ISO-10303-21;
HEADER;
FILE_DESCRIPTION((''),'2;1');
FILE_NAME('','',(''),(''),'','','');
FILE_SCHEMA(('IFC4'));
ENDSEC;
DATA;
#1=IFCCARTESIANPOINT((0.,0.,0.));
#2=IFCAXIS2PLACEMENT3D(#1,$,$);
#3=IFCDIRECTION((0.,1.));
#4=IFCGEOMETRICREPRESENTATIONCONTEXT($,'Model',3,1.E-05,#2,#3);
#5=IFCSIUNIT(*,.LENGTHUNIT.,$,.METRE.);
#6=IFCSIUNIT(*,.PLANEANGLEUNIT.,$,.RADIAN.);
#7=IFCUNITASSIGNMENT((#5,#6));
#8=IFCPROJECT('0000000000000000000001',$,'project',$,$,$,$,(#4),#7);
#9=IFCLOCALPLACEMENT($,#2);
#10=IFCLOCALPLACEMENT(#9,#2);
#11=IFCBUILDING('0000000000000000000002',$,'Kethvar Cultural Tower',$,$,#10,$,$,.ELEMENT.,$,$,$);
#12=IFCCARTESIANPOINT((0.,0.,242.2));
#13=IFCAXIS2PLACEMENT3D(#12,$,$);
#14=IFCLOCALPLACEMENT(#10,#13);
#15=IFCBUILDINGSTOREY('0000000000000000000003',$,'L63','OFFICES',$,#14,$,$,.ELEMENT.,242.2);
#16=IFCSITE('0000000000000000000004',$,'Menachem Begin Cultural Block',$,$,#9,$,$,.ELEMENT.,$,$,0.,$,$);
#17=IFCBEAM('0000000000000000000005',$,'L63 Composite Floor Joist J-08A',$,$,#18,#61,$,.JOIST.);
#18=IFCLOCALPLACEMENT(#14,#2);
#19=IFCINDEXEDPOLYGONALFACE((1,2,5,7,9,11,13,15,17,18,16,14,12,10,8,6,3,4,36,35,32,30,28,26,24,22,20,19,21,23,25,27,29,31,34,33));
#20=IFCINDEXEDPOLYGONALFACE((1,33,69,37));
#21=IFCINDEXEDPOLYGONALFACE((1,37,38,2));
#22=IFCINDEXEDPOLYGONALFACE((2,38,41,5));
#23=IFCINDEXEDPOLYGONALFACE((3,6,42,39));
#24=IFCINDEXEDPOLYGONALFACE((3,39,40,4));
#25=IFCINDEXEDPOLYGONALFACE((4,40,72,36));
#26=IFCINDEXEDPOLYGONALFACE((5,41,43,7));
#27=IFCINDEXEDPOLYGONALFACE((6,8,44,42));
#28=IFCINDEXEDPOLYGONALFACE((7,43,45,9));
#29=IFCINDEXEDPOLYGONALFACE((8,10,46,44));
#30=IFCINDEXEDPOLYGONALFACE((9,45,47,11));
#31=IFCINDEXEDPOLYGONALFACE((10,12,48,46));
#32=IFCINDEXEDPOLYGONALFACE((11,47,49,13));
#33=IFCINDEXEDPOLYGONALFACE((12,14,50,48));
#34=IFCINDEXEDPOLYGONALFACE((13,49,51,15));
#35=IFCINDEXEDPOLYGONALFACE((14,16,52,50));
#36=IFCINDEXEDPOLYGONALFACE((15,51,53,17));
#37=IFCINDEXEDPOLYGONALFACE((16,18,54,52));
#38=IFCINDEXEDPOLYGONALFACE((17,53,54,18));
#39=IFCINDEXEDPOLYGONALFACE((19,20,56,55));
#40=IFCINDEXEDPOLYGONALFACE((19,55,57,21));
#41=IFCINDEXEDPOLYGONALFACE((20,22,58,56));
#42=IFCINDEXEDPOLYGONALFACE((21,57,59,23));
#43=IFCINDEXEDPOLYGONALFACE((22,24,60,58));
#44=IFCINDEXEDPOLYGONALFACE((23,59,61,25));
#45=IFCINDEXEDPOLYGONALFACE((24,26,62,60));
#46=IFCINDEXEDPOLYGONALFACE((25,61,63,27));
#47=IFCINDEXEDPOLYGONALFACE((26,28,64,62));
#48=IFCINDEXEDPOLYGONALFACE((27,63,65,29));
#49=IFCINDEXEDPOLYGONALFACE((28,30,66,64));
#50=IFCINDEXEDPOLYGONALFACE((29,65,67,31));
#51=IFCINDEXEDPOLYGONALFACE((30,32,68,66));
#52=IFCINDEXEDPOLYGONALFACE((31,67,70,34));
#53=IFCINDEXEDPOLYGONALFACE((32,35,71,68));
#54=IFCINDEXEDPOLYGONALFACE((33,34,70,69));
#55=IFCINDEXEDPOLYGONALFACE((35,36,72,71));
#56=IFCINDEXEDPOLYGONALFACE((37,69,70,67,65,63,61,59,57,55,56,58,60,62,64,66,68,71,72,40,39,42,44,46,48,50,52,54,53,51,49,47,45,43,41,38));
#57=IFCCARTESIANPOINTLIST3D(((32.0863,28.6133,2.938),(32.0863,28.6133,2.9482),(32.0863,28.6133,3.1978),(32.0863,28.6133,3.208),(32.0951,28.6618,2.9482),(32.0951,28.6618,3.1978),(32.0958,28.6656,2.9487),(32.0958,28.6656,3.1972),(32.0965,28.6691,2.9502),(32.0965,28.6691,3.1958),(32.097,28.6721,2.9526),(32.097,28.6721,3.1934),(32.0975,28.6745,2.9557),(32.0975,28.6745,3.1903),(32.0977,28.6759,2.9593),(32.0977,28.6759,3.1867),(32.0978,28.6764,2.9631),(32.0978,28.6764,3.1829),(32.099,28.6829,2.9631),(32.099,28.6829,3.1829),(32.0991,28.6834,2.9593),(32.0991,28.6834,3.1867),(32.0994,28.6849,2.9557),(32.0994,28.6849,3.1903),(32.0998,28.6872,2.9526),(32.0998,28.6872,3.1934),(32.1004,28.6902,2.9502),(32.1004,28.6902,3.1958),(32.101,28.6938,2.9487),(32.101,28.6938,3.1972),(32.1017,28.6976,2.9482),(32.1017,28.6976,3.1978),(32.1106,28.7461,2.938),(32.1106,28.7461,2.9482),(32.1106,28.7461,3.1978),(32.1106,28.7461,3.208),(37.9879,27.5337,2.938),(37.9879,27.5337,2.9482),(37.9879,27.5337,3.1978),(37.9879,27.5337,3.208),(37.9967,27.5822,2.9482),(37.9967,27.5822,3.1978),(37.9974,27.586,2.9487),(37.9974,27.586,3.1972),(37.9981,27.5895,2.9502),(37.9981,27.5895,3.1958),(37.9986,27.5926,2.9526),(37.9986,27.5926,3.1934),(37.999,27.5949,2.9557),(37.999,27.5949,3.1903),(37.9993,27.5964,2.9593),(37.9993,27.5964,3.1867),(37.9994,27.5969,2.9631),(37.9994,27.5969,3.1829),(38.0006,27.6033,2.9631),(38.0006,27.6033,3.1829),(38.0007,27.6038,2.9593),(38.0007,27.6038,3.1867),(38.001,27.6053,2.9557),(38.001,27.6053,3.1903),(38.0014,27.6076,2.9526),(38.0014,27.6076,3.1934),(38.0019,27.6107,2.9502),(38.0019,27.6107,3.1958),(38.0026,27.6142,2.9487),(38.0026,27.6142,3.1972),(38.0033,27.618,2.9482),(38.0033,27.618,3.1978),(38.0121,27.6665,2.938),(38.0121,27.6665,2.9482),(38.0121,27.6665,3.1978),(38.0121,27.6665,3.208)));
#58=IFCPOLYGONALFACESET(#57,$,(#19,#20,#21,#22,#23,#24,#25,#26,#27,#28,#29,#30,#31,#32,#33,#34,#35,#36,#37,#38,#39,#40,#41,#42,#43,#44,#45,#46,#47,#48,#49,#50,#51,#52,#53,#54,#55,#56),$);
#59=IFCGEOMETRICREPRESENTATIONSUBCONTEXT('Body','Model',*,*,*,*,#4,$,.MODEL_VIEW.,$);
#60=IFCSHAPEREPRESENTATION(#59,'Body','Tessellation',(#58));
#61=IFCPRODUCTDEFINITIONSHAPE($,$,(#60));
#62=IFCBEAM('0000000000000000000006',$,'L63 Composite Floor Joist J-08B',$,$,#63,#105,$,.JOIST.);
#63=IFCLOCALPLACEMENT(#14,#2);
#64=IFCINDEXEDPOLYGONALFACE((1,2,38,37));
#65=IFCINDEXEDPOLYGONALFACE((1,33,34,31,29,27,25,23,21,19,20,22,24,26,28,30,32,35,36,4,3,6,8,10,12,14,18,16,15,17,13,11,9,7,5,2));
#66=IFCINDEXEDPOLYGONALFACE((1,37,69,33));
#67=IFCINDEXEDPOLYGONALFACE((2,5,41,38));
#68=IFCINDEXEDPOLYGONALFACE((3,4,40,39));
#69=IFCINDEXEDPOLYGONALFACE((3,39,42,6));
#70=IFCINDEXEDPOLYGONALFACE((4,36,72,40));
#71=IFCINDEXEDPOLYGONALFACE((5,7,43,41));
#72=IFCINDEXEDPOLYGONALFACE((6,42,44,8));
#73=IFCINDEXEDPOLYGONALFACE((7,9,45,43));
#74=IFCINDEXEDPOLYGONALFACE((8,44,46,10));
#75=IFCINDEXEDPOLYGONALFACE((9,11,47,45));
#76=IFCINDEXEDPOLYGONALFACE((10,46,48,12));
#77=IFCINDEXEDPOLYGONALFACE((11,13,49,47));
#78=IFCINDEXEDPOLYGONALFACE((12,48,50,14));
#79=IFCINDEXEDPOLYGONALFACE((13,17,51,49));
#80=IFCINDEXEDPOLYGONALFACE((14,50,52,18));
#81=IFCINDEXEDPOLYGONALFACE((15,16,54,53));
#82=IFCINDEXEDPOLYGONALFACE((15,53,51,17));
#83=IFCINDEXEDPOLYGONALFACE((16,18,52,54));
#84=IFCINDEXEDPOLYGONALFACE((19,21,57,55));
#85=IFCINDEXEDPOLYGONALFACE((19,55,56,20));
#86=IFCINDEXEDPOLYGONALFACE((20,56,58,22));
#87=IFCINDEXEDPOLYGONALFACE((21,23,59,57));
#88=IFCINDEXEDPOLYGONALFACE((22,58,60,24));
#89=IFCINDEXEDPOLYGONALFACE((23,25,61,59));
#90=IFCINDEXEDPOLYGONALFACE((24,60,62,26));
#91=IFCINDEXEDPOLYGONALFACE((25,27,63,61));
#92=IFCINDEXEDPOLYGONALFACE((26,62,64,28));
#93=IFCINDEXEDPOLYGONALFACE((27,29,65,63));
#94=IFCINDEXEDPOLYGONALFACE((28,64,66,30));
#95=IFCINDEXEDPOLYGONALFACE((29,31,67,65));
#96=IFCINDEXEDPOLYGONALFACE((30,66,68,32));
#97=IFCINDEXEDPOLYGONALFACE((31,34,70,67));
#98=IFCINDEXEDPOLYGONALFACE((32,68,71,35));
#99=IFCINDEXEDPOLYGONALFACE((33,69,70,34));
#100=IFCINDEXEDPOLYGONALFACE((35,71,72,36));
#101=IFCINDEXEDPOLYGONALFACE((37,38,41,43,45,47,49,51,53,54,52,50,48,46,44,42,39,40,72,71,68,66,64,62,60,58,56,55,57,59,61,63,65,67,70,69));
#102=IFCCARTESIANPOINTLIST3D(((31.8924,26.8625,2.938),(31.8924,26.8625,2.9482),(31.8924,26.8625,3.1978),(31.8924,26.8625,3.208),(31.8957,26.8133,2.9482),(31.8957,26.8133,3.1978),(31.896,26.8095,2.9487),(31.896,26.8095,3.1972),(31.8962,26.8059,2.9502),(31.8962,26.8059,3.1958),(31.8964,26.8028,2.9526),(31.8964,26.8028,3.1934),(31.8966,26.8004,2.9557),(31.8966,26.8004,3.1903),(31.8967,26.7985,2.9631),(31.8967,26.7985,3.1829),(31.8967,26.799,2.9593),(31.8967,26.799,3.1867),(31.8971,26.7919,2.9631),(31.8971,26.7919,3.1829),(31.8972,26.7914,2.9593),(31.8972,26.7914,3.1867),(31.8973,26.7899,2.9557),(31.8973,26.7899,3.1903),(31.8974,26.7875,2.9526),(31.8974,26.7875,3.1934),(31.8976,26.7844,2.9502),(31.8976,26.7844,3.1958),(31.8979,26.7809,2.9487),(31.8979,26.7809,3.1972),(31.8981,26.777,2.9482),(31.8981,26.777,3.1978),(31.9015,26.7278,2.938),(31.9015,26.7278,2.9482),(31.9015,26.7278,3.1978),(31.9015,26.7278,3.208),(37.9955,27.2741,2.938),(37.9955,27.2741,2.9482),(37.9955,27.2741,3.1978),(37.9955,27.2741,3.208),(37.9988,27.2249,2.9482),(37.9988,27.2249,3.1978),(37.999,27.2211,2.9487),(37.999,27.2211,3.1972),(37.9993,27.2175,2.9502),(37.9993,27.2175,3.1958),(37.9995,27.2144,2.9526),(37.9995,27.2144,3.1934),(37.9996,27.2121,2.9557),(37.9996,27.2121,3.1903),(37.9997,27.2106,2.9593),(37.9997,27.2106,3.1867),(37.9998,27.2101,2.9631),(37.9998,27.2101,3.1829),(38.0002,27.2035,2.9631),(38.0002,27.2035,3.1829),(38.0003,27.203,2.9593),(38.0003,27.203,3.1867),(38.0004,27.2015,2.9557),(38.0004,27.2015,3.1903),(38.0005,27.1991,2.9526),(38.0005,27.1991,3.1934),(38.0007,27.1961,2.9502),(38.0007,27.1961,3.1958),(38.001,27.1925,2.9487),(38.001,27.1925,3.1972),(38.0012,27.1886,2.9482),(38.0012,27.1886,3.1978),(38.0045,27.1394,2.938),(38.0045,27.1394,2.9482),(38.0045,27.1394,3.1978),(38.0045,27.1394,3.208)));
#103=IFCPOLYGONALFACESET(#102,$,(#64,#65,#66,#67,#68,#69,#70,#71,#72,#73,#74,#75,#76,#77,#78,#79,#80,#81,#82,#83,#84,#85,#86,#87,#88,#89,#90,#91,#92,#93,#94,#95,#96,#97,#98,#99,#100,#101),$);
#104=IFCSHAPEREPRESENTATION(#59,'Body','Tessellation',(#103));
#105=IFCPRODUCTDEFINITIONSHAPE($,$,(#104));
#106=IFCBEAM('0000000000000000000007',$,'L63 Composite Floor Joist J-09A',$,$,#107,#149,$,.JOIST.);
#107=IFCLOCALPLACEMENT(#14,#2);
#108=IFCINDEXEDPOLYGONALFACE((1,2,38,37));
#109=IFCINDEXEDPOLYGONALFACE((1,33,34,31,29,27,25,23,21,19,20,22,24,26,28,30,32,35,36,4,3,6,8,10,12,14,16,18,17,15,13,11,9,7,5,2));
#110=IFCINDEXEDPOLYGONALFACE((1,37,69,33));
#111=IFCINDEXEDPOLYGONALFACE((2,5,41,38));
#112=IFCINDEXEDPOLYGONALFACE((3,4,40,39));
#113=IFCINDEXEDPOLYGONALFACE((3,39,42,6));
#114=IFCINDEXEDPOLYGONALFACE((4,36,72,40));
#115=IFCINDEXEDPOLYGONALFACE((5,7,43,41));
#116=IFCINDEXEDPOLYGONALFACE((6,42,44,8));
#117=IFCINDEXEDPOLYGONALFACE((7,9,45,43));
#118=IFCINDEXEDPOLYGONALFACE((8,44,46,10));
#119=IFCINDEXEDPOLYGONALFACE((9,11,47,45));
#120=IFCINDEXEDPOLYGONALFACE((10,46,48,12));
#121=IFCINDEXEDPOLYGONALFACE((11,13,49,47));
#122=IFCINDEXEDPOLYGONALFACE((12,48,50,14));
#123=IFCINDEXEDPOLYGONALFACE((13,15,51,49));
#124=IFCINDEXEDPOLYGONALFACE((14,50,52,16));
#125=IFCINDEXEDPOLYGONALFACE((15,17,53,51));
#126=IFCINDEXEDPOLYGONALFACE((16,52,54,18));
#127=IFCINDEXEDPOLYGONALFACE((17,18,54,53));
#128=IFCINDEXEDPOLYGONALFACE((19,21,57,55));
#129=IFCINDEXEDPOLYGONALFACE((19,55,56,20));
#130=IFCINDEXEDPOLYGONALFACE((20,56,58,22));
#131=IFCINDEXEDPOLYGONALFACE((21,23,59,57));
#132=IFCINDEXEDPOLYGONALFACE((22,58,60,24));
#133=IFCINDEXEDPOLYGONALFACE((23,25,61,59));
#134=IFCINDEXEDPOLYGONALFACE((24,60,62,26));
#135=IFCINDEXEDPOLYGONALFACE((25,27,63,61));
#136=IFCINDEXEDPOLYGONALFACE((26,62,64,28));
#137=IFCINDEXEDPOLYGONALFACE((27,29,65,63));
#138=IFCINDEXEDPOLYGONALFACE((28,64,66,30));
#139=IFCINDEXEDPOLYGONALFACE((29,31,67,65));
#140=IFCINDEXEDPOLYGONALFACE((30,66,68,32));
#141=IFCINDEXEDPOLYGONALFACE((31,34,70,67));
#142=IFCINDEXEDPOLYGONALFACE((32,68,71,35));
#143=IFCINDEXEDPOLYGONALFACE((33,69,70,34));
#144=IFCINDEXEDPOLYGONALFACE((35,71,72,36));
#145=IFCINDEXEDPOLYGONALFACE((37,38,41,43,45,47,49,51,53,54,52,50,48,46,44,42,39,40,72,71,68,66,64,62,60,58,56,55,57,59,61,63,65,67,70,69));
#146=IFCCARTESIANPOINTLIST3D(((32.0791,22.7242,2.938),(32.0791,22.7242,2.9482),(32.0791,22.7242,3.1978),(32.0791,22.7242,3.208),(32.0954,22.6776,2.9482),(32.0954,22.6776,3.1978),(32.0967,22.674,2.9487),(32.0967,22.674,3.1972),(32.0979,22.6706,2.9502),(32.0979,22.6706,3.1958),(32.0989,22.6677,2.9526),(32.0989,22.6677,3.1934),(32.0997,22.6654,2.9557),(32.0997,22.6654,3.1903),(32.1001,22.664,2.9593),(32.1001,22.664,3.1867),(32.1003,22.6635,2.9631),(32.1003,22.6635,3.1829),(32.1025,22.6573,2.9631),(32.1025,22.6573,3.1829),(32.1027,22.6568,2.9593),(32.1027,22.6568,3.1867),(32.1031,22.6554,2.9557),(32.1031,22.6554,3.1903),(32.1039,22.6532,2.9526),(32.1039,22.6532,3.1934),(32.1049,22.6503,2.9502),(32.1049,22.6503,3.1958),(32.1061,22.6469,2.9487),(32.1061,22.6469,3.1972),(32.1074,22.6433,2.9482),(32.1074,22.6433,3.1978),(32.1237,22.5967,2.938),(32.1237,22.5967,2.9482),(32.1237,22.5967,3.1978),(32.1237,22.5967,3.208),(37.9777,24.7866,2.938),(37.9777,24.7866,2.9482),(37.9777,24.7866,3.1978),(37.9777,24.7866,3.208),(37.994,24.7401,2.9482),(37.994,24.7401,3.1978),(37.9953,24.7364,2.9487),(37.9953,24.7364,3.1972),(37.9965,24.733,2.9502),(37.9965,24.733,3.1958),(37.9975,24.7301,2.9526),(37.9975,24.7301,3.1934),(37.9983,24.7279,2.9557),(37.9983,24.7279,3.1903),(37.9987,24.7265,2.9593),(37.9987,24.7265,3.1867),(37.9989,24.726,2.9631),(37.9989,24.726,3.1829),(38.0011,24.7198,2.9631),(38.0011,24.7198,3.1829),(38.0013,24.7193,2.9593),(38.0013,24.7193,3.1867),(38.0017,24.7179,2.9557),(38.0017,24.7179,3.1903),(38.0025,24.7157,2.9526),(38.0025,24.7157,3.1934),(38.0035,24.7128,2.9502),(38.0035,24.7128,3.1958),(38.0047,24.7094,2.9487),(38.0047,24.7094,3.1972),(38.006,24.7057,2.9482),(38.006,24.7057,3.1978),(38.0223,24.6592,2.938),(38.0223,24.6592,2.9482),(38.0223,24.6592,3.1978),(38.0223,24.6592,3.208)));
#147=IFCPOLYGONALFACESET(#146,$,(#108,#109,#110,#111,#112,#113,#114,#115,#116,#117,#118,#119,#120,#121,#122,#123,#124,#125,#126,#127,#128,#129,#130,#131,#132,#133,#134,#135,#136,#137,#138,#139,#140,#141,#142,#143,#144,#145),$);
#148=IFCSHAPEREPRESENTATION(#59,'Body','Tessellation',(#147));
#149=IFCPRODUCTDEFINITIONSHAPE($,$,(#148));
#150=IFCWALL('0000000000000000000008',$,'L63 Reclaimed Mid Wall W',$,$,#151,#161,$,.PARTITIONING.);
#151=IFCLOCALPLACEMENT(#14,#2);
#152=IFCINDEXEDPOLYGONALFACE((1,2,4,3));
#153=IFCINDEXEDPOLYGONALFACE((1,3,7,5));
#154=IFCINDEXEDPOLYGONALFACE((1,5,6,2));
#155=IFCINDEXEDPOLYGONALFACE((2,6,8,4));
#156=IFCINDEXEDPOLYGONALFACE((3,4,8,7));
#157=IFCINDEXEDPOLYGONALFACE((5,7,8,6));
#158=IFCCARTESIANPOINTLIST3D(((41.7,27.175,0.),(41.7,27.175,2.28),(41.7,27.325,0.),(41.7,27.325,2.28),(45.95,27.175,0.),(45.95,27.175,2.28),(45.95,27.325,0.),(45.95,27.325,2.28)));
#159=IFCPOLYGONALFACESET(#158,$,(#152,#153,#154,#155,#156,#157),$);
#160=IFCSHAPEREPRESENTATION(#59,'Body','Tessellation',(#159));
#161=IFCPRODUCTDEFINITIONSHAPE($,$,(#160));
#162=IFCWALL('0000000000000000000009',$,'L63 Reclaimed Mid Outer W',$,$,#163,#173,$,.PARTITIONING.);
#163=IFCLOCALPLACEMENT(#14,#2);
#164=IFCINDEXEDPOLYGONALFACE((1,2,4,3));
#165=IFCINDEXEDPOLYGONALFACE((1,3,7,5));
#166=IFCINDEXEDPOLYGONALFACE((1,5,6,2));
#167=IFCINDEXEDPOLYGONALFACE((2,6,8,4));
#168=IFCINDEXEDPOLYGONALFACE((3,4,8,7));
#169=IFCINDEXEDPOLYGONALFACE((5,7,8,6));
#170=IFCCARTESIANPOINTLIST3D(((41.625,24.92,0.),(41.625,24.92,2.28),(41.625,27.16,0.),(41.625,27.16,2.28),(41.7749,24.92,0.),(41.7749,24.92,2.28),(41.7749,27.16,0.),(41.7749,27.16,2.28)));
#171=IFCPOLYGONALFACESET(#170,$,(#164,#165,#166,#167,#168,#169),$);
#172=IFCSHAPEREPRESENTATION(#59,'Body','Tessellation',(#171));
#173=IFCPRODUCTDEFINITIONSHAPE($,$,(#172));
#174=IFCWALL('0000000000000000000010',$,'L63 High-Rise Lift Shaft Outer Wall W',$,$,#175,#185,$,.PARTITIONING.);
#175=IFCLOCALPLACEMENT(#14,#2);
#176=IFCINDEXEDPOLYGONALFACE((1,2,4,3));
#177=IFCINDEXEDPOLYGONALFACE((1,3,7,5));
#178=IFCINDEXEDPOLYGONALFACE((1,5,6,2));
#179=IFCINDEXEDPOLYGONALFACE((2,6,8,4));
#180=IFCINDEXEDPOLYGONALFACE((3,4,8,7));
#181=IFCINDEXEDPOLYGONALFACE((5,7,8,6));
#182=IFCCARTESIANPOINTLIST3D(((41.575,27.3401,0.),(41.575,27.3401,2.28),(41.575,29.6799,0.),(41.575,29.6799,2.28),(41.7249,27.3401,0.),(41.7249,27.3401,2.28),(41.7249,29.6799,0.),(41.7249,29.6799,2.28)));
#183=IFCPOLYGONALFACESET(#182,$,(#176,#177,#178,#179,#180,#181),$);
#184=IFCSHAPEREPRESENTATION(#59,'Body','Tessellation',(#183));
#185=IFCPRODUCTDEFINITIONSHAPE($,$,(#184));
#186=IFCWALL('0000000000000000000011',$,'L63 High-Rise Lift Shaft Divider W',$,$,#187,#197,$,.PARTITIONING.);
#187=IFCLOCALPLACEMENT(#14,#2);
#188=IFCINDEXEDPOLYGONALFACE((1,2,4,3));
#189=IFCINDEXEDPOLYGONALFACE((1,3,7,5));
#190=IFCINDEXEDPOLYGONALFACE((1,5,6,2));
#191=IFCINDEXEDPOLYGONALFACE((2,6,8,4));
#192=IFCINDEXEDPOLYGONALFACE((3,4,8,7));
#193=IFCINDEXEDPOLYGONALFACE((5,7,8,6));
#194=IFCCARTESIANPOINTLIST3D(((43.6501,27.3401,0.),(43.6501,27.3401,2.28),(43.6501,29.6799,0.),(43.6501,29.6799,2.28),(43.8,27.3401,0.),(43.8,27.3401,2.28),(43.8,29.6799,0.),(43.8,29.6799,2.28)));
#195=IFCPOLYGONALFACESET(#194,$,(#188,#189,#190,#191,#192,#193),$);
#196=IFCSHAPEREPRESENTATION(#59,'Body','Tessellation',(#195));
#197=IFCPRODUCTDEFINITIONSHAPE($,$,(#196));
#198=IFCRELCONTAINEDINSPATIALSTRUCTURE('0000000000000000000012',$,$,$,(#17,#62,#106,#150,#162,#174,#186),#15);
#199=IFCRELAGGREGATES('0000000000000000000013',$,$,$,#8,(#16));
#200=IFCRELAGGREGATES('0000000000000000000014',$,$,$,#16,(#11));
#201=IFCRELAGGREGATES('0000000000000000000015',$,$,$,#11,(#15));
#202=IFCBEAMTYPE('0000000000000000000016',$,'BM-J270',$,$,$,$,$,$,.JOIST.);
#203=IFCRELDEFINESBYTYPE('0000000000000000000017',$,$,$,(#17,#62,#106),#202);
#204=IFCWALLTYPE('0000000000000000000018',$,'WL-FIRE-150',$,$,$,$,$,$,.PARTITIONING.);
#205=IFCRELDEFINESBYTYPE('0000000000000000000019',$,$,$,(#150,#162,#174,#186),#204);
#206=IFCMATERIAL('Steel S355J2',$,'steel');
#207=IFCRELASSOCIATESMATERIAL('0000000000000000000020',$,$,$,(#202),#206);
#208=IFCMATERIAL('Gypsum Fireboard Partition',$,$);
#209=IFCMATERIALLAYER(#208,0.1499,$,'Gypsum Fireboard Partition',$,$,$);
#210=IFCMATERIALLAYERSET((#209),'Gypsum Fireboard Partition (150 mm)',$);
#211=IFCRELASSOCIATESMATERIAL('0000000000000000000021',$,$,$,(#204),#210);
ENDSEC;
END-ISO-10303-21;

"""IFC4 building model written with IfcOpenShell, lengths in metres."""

from ifc_helpers import new_model, si_unit, direction, frame, frame_2d, origin, origin_2d, place, context, subcontext, project, spatial, rectangle, i_section, extrude, source, transform, mapped, material, layer, layer_set, material_profile, profile_set, type_object, element, save


model = new_model("IFC4")

# Units and contexts
model_context = context("Model", 3, precision=1e-05, world=origin(), true_north=direction((0.0, 1.0)))
body_context = subcontext(model_context, "Body", "Model", "MODEL_VIEW")
ifc_project = project(units=[si_unit("LENGTHUNIT", "METRE"), si_unit("PLANEANGLEUNIT", "RADIAN")], contexts=[model_context])

# Site, building, storey
site_placement = place(None, origin())
site = spatial("IfcSite", under=ifc_project, at=site_placement, Name="Menachem Begin Cultural Block", CompositionType="ELEMENT", RefElevation=0.0)
building_placement = place(site_placement, origin())
building = spatial("IfcBuilding", under=site, at=building_placement, Name="Kethvar Cultural Tower", CompositionType="ELEMENT")
storey_placement = place(building_placement, frame((0.0, 0.0, 242.2)))
storey = spatial("IfcBuildingStorey", under=building, at=storey_placement, Name="L63", Description="OFFICES", CompositionType="ELEMENT", Elevation=242.2)

# Beams
ifc_material_1 = material(Name="Steel S355J2", Category="steel")
ifc_material_profile_1 = material_profile(ifc_material_1, i_section(OverallWidth=0.135, OverallDepth=0.27, WebThickness=0.0066, FlangeThickness=0.0103, FilletRadius=0.0149, at=origin_2d()), Name="Steel S355J2 — IPE270")
ifc_profile_set_1 = profile_set([ifc_material_profile_1], Name="Steel S355J2 — IPE270")
beam_type_1 = type_object("IfcBeamType", Name="BM-J270", PredefinedType="JOIST", material=ifc_profile_set_1)
shared_shape_1 = source(origin(), body_context, "Body", "SweptSolid", [
    extrude(i_section(OverallWidth=0.135, OverallDepth=0.27, WebThickness=0.0066, FlangeThickness=0.0103, FilletRadius=0.0149, at=origin_2d()), origin(), (0.0, 0.0, 1.0), 5.9995),
])
beam_1_placement = place(storey_placement, frame((38.0, 27.6001, 3.073), z_axis=(-0.983677, 0.179945, 0.0), x_axis=(-0.179945, -0.983677, 0.0)))
element("IfcBeam", 1, at=beam_1_placement, inside=storey, type_object=beam_type_1, Name="L63 Composite Floor Joist J-08A", PredefinedType="JOIST", context=body_context, shape_type="MappedRepresentation", body=[
    mapped(shared_shape_1, transform((0.0, 0.0, 0.0), scale=1.0)),
])
shared_shape_2 = source(origin(), body_context, "Body", "SweptSolid", [
    extrude(i_section(OverallWidth=0.135, OverallDepth=0.27, WebThickness=0.0066, FlangeThickness=0.0103, FilletRadius=0.0149, at=origin_2d()), origin(), (0.0, 0.0, 1.0), 6.1169),
])
beam_2_placement = place(storey_placement, frame((38.0, 27.2068, 3.073), z_axis=(-0.997733, -0.067293, 0.0), x_axis=(0.067293, -0.997733, 0.0)))
element("IfcBeam", 2, at=beam_2_placement, inside=storey, type_object=beam_type_1, Name="L63 Composite Floor Joist J-08B", PredefinedType="JOIST", context=body_context, shape_type="MappedRepresentation", body=[
    mapped(shared_shape_2, transform((0.0, 0.0, 0.0), scale=1.0)),
])
shared_shape_3 = source(origin(), body_context, "Body", "SweptSolid", [
    extrude(i_section(OverallWidth=0.135, OverallDepth=0.27, WebThickness=0.0066, FlangeThickness=0.0103, FilletRadius=0.0149, at=origin_2d()), origin(), (0.0, 0.0, 1.0), 6.2488),
])
beam_3_placement = place(storey_placement, frame((38.0, 24.7229, 3.073), z_axis=(-0.94396, -0.33006, 0.0), x_axis=(0.33006, -0.94396, 0.0)))
element("IfcBeam", 3, at=beam_3_placement, inside=storey, type_object=beam_type_1, Name="L63 Composite Floor Joist J-09A", PredefinedType="JOIST", context=body_context, shape_type="MappedRepresentation", body=[
    mapped(shared_shape_3, transform((0.0, 0.0, 0.0), scale=1.0)),
])

# Walls
ifc_material_2 = material(Name="Gypsum Fireboard Partition")
ifc_layer_1 = layer(ifc_material_2, 0.1499, Name="Gypsum Fireboard Partition")
ifc_layer_set_1 = layer_set([ifc_layer_1], Name="Gypsum Fireboard Partition (150 mm)")
wall_type_1 = type_object("IfcWallType", Name="WL-FIRE-150", PredefinedType="PARTITIONING", material=ifc_layer_set_1)
wall_1_placement = place(storey_placement, frame((41.7, 27.25, 0.0), z_axis=(0.0, 0.0, 1.0), x_axis=(1.0, 0.0, 0.0)))
element("IfcWall", 4, at=wall_1_placement, inside=storey, type_object=wall_type_1, Name="L63 Reclaimed Mid Wall W", PredefinedType="PARTITIONING", context=body_context, shape_type="SweptSolid", body=[
    extrude(rectangle(XDim=4.25, YDim=0.1499, at=frame_2d((2.125, 0.0))), origin(), (0.0, 0.0, 1.0), 2.28),
])
wall_2_placement = place(storey_placement, frame((41.7, 24.9199, 0.0), z_axis=(0.0, 0.0, 1.0), x_axis=(0.0, 1.0, 0.0)))
element("IfcWall", 5, at=wall_2_placement, inside=storey, type_object=wall_type_1, Name="L63 Reclaimed Mid Outer W", PredefinedType="PARTITIONING", context=body_context, shape_type="SweptSolid", body=[
    extrude(rectangle(XDim=2.24, YDim=0.1499, at=frame_2d((1.1201, 0.0))), origin(), (0.0, 0.0, 1.0), 2.28),
])
for number, where, z_axis, x_axis, name in (
    (6, (41.6499, 27.3401, 0.0), (0.0, 0.0, 1.0), (0.0, 1.0, 0.0), "L63 High-Rise Lift Shaft Outer Wall W"),
    (7, (43.7251, 27.3401, 0.0), (0.0, 0.0, 1.0), (0.0, 1.0, 0.0), "L63 High-Rise Lift Shaft Divider W"),
):
    element("IfcWall", number, at=place(storey_placement, frame(where, z_axis=z_axis, x_axis=x_axis)), inside=storey, type_object=wall_type_1, Name=name, PredefinedType="PARTITIONING", context=body_context, shape_type="SweptSolid", body=[
        extrude(rectangle(XDim=2.3398, YDim=0.1499, at=frame_2d((1.1699, 0.0))), origin(), (0.0, 0.0, 1.0), 2.28),
    ])

save(model, "model.ifc")
